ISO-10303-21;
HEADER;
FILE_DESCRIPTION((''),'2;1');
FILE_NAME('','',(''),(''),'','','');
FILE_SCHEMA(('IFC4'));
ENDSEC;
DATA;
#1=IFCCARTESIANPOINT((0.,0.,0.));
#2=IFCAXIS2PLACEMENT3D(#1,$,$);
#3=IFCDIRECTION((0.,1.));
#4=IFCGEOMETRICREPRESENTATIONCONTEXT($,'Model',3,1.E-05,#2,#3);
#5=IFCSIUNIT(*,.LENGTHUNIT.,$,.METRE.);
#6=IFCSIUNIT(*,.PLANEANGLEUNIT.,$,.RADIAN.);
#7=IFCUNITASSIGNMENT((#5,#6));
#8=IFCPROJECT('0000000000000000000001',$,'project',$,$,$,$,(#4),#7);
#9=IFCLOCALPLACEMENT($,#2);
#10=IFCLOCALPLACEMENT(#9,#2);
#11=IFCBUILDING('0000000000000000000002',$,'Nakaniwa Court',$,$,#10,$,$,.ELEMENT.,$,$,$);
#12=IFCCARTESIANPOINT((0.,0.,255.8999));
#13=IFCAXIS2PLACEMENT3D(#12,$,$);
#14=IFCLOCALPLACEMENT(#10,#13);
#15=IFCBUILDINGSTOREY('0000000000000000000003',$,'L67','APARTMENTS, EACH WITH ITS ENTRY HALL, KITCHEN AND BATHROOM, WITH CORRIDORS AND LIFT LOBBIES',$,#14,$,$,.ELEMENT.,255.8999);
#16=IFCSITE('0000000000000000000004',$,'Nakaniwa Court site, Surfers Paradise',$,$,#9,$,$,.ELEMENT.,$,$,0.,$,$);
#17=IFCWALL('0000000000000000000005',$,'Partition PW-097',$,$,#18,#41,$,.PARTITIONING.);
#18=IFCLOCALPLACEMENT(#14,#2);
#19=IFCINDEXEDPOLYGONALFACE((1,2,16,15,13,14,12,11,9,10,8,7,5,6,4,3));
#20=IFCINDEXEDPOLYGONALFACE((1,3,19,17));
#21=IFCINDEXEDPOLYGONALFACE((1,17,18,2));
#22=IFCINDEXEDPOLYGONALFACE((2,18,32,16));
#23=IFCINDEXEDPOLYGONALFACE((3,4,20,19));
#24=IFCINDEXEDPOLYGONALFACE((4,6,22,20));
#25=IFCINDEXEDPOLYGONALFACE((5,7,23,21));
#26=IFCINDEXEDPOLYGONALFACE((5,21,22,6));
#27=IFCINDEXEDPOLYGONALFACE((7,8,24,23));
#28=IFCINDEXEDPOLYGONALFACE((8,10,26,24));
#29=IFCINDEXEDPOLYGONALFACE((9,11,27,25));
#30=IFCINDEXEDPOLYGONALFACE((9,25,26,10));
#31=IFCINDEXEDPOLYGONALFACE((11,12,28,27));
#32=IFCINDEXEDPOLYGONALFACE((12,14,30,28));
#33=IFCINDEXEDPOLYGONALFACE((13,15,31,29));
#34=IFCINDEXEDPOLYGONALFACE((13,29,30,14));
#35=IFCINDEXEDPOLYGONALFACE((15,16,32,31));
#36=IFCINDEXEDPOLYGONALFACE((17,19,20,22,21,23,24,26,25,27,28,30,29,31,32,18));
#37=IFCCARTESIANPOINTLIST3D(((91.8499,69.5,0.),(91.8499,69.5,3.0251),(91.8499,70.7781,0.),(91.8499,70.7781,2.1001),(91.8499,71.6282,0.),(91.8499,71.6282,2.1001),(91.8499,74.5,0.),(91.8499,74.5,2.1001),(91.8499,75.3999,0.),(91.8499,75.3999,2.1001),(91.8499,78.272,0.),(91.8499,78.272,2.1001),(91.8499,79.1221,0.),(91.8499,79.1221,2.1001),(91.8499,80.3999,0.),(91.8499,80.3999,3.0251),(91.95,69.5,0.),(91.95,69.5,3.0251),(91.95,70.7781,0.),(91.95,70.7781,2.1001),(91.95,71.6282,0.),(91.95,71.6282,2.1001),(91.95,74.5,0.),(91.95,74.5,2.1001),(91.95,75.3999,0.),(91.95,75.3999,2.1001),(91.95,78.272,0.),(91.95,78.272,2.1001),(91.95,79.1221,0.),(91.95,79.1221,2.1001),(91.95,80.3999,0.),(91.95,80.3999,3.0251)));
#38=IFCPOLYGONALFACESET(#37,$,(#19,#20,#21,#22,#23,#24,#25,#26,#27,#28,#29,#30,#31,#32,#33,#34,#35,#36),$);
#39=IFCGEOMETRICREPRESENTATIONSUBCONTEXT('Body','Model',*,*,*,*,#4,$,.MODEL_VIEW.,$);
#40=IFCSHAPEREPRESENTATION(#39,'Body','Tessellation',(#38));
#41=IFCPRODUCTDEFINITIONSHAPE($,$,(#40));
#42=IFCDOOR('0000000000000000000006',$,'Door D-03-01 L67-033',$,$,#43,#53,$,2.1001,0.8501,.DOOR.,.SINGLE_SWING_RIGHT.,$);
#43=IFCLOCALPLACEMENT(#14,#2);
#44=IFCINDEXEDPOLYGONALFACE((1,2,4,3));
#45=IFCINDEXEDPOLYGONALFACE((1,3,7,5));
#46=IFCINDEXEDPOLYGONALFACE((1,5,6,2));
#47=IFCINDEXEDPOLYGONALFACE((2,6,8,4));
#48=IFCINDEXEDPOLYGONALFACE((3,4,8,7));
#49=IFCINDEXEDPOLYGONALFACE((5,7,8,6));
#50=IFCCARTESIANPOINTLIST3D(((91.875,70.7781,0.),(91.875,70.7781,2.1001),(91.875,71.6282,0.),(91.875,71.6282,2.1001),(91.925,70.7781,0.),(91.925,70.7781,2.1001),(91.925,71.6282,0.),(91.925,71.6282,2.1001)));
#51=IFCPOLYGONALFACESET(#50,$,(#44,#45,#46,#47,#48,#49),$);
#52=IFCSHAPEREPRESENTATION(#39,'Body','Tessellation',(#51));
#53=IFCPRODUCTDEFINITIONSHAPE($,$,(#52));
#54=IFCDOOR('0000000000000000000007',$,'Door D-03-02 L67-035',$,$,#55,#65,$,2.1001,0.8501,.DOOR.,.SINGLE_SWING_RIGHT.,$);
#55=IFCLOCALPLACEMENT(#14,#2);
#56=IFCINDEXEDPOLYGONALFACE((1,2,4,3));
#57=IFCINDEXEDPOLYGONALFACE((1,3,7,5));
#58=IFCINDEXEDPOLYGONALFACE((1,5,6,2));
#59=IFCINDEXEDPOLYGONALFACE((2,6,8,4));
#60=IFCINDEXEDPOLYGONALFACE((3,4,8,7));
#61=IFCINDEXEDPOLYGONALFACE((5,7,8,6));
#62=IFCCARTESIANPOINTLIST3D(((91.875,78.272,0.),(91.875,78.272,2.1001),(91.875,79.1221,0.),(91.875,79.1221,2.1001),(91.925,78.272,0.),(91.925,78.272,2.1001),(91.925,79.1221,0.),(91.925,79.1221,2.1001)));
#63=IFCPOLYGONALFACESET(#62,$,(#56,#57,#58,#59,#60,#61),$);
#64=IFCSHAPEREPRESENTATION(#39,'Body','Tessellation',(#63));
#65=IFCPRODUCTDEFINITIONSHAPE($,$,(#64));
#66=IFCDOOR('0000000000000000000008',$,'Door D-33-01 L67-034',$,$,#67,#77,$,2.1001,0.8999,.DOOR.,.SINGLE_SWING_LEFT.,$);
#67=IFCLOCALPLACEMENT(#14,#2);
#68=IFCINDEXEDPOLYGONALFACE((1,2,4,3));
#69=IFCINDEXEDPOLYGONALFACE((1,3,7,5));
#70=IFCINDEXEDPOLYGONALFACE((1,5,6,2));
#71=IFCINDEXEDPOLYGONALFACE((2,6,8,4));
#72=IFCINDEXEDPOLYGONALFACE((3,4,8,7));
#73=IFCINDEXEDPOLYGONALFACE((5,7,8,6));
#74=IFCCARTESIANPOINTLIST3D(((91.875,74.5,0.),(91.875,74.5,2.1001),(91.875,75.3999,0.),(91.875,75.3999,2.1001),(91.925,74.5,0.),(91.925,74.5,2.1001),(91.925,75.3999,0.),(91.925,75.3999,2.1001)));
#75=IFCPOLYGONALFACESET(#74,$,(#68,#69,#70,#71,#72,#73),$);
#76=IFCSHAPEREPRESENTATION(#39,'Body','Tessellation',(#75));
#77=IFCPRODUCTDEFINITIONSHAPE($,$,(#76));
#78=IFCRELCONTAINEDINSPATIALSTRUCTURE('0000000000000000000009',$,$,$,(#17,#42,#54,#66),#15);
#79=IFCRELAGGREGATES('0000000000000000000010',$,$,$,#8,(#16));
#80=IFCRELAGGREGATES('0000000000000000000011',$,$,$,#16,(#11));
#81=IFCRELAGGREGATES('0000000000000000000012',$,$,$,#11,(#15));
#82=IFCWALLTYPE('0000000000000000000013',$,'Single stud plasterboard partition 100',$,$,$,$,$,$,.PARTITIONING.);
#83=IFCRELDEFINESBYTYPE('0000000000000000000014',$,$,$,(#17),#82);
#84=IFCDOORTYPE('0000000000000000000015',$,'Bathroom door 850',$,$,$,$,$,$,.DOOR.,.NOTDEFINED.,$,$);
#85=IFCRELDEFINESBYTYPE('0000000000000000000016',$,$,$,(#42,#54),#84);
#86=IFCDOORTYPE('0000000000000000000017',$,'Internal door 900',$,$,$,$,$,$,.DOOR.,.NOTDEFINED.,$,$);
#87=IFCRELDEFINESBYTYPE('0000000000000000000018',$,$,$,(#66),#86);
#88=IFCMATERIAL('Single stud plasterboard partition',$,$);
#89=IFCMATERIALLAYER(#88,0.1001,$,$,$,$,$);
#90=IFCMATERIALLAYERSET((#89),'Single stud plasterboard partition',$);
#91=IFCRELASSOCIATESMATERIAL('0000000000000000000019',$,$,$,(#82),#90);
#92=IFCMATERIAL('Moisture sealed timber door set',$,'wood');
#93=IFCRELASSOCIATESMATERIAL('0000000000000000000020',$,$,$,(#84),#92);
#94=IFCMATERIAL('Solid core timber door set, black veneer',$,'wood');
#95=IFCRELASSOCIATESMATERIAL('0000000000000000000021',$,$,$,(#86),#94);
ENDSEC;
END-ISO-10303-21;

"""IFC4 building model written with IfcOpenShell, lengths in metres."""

from ifc_helpers import new_model, si_unit, direction, frame, frame_2d, origin, place, context, subcontext, project, spatial, rectangle, extrude, material, layer, layer_set, type_object, element, fill, save


model = new_model("IFC4")

# Units and contexts
model_context = context("Model", 3, precision=1e-05, world=origin(), true_north=direction((0.0, 1.0)))
body_context = subcontext(model_context, "Body", "Model", "MODEL_VIEW")
ifc_project = project(units=[si_unit("LENGTHUNIT", "METRE"), si_unit("PLANEANGLEUNIT", "RADIAN")], contexts=[model_context])

# Site, building, storey
site_placement = place(None, origin())
site = spatial("IfcSite", under=ifc_project, at=site_placement, Name="Nakaniwa Court site, Surfers Paradise", CompositionType="ELEMENT", RefElevation=0.0)
building_placement = place(site_placement, origin())
building = spatial("IfcBuilding", under=site, at=building_placement, Name="Nakaniwa Court", CompositionType="ELEMENT")
storey_placement = place(building_placement, frame((0.0, 0.0, 255.8999)))
storey = spatial("IfcBuildingStorey", under=building, at=storey_placement, Name="L67", Description="APARTMENTS, EACH WITH ITS ENTRY HALL, KITCHEN AND BATHROOM, WITH CORRIDORS AND LIFT LOBBIES", CompositionType="ELEMENT", Elevation=255.8999)

# Wall, openings, doors
ifc_material_1 = material(Name="Single stud plasterboard partition")
ifc_layer_1 = layer(ifc_material_1, 0.1001)
ifc_layer_set_1 = layer_set([ifc_layer_1], Name="Single stud plasterboard partition")
wall_type_1 = type_object("IfcWallType", Name="Single stud plasterboard partition 100", PredefinedType="PARTITIONING", material=ifc_layer_set_1)
wall_1_placement = place(storey_placement, frame((91.8999, 69.5, 0.0), z_axis=(0.0, 0.0, 1.0), x_axis=(0.0, 1.0, 0.0)))
wall_1 = element("IfcWall", 1, at=wall_1_placement, inside=storey, type_object=wall_type_1, Name="Partition PW-097", PredefinedType="PARTITIONING", context=body_context, shape_type="SweptSolid", body=[
    extrude(rectangle(XDim=10.8999, YDim=0.1001, at=frame_2d((5.45, 0.0))), origin(), (0.0, 0.0, 1.0), 3.0251),
])
opening_1_placement = place(wall_1_placement, frame((1.2781, 0.0, 0.0)))
opening_1 = element("IfcOpeningElement", 2, at=opening_1_placement, cuts=wall_1, PredefinedType="OPENING", context=body_context, shape_type="SweptSolid", body=[
    extrude(rectangle(XDim=0.8501, YDim=2.1001, at=frame_2d((0.425, 1.05))), frame((0.0, 0.0601, 0.0), z_axis=(0.0, -1.0, 0.0), x_axis=(1.0, 0.0, 0.0)), (0.0, 0.0, 1.0), 0.1201),
])
opening_2_placement = place(wall_1_placement, frame((5.0, 0.0, 0.0)))
opening_2 = element("IfcOpeningElement", 3, at=opening_2_placement, cuts=wall_1, PredefinedType="OPENING", context=body_context, shape_type="SweptSolid", body=[
    extrude(rectangle(XDim=0.8999, YDim=2.1001, at=frame_2d((0.45, 1.05))), frame((0.0, 0.0601, 0.0), z_axis=(0.0, -1.0, 0.0), x_axis=(1.0, 0.0, 0.0)), (0.0, 0.0, 1.0), 0.1201),
])
opening_3_placement = place(wall_1_placement, frame((8.772, 0.0, 0.0)))
opening_3 = element("IfcOpeningElement", 4, at=opening_3_placement, cuts=wall_1, PredefinedType="OPENING", context=body_context, shape_type="SweptSolid", body=[
    extrude(rectangle(XDim=0.8501, YDim=2.1001, at=frame_2d((0.425, 1.05))), frame((0.0, 0.0601, 0.0), z_axis=(0.0, -1.0, 0.0), x_axis=(1.0, 0.0, 0.0)), (0.0, 0.0, 1.0), 0.1201),
])
ifc_material_2 = material(Name="Moisture sealed timber door set", Category="wood")
door_type_1 = type_object("IfcDoorType", Name="Bathroom door 850", OperationType="NOTDEFINED", PredefinedType="DOOR", material=ifc_material_2)
door_1_placement = place(opening_1_placement, origin())
door_1 = element("IfcDoor", 5, at=door_1_placement, inside=storey, type_object=door_type_1, Name="Door D-03-01 L67-033", OperationType="SINGLE_SWING_RIGHT", OverallHeight=2.1001, OverallWidth=0.8501, PredefinedType="DOOR", context=body_context, shape_type="SweptSolid", body=[
    extrude(rectangle(XDim=0.8501, YDim=2.1001, at=frame_2d((0.425, 1.05))), frame((0.0, 0.0249, 0.0), z_axis=(0.0, -1.0, 0.0), x_axis=(1.0, 0.0, 0.0)), (0.0, 0.0, 1.0), 0.05),
])
fill(opening_1, door_1)
door_2_placement = place(opening_3_placement, origin())
door_2 = element("IfcDoor", 6, at=door_2_placement, inside=storey, type_object=door_type_1, Name="Door D-03-02 L67-035", OperationType="SINGLE_SWING_RIGHT", OverallHeight=2.1001, OverallWidth=0.8501, PredefinedType="DOOR", context=body_context, shape_type="SweptSolid", body=[
    extrude(rectangle(XDim=0.8501, YDim=2.1001, at=frame_2d((0.425, 1.05))), frame((0.0, 0.0249, 0.0), z_axis=(0.0, -1.0, 0.0), x_axis=(1.0, 0.0, 0.0)), (0.0, 0.0, 1.0), 0.05),
])
fill(opening_3, door_2)
ifc_material_3 = material(Name="Solid core timber door set, black veneer", Category="wood")
door_type_2 = type_object("IfcDoorType", Name="Internal door 900", OperationType="NOTDEFINED", PredefinedType="DOOR", material=ifc_material_3)
door_3_placement = place(opening_2_placement, origin())
door_3 = element("IfcDoor", 7, at=door_3_placement, inside=storey, type_object=door_type_2, Name="Door D-33-01 L67-034", OperationType="SINGLE_SWING_LEFT", OverallHeight=2.1001, OverallWidth=0.8999, PredefinedType="DOOR", context=body_context, shape_type="SweptSolid", body=[
    extrude(rectangle(XDim=0.8999, YDim=2.1001, at=frame_2d((0.45, 1.05))), frame((0.0, 0.0249, 0.0), z_axis=(0.0, -1.0, 0.0), x_axis=(1.0, 0.0, 0.0)), (0.0, 0.0, 1.0), 0.05),
])
fill(opening_2, door_3)

save(model, "model.ifc")
